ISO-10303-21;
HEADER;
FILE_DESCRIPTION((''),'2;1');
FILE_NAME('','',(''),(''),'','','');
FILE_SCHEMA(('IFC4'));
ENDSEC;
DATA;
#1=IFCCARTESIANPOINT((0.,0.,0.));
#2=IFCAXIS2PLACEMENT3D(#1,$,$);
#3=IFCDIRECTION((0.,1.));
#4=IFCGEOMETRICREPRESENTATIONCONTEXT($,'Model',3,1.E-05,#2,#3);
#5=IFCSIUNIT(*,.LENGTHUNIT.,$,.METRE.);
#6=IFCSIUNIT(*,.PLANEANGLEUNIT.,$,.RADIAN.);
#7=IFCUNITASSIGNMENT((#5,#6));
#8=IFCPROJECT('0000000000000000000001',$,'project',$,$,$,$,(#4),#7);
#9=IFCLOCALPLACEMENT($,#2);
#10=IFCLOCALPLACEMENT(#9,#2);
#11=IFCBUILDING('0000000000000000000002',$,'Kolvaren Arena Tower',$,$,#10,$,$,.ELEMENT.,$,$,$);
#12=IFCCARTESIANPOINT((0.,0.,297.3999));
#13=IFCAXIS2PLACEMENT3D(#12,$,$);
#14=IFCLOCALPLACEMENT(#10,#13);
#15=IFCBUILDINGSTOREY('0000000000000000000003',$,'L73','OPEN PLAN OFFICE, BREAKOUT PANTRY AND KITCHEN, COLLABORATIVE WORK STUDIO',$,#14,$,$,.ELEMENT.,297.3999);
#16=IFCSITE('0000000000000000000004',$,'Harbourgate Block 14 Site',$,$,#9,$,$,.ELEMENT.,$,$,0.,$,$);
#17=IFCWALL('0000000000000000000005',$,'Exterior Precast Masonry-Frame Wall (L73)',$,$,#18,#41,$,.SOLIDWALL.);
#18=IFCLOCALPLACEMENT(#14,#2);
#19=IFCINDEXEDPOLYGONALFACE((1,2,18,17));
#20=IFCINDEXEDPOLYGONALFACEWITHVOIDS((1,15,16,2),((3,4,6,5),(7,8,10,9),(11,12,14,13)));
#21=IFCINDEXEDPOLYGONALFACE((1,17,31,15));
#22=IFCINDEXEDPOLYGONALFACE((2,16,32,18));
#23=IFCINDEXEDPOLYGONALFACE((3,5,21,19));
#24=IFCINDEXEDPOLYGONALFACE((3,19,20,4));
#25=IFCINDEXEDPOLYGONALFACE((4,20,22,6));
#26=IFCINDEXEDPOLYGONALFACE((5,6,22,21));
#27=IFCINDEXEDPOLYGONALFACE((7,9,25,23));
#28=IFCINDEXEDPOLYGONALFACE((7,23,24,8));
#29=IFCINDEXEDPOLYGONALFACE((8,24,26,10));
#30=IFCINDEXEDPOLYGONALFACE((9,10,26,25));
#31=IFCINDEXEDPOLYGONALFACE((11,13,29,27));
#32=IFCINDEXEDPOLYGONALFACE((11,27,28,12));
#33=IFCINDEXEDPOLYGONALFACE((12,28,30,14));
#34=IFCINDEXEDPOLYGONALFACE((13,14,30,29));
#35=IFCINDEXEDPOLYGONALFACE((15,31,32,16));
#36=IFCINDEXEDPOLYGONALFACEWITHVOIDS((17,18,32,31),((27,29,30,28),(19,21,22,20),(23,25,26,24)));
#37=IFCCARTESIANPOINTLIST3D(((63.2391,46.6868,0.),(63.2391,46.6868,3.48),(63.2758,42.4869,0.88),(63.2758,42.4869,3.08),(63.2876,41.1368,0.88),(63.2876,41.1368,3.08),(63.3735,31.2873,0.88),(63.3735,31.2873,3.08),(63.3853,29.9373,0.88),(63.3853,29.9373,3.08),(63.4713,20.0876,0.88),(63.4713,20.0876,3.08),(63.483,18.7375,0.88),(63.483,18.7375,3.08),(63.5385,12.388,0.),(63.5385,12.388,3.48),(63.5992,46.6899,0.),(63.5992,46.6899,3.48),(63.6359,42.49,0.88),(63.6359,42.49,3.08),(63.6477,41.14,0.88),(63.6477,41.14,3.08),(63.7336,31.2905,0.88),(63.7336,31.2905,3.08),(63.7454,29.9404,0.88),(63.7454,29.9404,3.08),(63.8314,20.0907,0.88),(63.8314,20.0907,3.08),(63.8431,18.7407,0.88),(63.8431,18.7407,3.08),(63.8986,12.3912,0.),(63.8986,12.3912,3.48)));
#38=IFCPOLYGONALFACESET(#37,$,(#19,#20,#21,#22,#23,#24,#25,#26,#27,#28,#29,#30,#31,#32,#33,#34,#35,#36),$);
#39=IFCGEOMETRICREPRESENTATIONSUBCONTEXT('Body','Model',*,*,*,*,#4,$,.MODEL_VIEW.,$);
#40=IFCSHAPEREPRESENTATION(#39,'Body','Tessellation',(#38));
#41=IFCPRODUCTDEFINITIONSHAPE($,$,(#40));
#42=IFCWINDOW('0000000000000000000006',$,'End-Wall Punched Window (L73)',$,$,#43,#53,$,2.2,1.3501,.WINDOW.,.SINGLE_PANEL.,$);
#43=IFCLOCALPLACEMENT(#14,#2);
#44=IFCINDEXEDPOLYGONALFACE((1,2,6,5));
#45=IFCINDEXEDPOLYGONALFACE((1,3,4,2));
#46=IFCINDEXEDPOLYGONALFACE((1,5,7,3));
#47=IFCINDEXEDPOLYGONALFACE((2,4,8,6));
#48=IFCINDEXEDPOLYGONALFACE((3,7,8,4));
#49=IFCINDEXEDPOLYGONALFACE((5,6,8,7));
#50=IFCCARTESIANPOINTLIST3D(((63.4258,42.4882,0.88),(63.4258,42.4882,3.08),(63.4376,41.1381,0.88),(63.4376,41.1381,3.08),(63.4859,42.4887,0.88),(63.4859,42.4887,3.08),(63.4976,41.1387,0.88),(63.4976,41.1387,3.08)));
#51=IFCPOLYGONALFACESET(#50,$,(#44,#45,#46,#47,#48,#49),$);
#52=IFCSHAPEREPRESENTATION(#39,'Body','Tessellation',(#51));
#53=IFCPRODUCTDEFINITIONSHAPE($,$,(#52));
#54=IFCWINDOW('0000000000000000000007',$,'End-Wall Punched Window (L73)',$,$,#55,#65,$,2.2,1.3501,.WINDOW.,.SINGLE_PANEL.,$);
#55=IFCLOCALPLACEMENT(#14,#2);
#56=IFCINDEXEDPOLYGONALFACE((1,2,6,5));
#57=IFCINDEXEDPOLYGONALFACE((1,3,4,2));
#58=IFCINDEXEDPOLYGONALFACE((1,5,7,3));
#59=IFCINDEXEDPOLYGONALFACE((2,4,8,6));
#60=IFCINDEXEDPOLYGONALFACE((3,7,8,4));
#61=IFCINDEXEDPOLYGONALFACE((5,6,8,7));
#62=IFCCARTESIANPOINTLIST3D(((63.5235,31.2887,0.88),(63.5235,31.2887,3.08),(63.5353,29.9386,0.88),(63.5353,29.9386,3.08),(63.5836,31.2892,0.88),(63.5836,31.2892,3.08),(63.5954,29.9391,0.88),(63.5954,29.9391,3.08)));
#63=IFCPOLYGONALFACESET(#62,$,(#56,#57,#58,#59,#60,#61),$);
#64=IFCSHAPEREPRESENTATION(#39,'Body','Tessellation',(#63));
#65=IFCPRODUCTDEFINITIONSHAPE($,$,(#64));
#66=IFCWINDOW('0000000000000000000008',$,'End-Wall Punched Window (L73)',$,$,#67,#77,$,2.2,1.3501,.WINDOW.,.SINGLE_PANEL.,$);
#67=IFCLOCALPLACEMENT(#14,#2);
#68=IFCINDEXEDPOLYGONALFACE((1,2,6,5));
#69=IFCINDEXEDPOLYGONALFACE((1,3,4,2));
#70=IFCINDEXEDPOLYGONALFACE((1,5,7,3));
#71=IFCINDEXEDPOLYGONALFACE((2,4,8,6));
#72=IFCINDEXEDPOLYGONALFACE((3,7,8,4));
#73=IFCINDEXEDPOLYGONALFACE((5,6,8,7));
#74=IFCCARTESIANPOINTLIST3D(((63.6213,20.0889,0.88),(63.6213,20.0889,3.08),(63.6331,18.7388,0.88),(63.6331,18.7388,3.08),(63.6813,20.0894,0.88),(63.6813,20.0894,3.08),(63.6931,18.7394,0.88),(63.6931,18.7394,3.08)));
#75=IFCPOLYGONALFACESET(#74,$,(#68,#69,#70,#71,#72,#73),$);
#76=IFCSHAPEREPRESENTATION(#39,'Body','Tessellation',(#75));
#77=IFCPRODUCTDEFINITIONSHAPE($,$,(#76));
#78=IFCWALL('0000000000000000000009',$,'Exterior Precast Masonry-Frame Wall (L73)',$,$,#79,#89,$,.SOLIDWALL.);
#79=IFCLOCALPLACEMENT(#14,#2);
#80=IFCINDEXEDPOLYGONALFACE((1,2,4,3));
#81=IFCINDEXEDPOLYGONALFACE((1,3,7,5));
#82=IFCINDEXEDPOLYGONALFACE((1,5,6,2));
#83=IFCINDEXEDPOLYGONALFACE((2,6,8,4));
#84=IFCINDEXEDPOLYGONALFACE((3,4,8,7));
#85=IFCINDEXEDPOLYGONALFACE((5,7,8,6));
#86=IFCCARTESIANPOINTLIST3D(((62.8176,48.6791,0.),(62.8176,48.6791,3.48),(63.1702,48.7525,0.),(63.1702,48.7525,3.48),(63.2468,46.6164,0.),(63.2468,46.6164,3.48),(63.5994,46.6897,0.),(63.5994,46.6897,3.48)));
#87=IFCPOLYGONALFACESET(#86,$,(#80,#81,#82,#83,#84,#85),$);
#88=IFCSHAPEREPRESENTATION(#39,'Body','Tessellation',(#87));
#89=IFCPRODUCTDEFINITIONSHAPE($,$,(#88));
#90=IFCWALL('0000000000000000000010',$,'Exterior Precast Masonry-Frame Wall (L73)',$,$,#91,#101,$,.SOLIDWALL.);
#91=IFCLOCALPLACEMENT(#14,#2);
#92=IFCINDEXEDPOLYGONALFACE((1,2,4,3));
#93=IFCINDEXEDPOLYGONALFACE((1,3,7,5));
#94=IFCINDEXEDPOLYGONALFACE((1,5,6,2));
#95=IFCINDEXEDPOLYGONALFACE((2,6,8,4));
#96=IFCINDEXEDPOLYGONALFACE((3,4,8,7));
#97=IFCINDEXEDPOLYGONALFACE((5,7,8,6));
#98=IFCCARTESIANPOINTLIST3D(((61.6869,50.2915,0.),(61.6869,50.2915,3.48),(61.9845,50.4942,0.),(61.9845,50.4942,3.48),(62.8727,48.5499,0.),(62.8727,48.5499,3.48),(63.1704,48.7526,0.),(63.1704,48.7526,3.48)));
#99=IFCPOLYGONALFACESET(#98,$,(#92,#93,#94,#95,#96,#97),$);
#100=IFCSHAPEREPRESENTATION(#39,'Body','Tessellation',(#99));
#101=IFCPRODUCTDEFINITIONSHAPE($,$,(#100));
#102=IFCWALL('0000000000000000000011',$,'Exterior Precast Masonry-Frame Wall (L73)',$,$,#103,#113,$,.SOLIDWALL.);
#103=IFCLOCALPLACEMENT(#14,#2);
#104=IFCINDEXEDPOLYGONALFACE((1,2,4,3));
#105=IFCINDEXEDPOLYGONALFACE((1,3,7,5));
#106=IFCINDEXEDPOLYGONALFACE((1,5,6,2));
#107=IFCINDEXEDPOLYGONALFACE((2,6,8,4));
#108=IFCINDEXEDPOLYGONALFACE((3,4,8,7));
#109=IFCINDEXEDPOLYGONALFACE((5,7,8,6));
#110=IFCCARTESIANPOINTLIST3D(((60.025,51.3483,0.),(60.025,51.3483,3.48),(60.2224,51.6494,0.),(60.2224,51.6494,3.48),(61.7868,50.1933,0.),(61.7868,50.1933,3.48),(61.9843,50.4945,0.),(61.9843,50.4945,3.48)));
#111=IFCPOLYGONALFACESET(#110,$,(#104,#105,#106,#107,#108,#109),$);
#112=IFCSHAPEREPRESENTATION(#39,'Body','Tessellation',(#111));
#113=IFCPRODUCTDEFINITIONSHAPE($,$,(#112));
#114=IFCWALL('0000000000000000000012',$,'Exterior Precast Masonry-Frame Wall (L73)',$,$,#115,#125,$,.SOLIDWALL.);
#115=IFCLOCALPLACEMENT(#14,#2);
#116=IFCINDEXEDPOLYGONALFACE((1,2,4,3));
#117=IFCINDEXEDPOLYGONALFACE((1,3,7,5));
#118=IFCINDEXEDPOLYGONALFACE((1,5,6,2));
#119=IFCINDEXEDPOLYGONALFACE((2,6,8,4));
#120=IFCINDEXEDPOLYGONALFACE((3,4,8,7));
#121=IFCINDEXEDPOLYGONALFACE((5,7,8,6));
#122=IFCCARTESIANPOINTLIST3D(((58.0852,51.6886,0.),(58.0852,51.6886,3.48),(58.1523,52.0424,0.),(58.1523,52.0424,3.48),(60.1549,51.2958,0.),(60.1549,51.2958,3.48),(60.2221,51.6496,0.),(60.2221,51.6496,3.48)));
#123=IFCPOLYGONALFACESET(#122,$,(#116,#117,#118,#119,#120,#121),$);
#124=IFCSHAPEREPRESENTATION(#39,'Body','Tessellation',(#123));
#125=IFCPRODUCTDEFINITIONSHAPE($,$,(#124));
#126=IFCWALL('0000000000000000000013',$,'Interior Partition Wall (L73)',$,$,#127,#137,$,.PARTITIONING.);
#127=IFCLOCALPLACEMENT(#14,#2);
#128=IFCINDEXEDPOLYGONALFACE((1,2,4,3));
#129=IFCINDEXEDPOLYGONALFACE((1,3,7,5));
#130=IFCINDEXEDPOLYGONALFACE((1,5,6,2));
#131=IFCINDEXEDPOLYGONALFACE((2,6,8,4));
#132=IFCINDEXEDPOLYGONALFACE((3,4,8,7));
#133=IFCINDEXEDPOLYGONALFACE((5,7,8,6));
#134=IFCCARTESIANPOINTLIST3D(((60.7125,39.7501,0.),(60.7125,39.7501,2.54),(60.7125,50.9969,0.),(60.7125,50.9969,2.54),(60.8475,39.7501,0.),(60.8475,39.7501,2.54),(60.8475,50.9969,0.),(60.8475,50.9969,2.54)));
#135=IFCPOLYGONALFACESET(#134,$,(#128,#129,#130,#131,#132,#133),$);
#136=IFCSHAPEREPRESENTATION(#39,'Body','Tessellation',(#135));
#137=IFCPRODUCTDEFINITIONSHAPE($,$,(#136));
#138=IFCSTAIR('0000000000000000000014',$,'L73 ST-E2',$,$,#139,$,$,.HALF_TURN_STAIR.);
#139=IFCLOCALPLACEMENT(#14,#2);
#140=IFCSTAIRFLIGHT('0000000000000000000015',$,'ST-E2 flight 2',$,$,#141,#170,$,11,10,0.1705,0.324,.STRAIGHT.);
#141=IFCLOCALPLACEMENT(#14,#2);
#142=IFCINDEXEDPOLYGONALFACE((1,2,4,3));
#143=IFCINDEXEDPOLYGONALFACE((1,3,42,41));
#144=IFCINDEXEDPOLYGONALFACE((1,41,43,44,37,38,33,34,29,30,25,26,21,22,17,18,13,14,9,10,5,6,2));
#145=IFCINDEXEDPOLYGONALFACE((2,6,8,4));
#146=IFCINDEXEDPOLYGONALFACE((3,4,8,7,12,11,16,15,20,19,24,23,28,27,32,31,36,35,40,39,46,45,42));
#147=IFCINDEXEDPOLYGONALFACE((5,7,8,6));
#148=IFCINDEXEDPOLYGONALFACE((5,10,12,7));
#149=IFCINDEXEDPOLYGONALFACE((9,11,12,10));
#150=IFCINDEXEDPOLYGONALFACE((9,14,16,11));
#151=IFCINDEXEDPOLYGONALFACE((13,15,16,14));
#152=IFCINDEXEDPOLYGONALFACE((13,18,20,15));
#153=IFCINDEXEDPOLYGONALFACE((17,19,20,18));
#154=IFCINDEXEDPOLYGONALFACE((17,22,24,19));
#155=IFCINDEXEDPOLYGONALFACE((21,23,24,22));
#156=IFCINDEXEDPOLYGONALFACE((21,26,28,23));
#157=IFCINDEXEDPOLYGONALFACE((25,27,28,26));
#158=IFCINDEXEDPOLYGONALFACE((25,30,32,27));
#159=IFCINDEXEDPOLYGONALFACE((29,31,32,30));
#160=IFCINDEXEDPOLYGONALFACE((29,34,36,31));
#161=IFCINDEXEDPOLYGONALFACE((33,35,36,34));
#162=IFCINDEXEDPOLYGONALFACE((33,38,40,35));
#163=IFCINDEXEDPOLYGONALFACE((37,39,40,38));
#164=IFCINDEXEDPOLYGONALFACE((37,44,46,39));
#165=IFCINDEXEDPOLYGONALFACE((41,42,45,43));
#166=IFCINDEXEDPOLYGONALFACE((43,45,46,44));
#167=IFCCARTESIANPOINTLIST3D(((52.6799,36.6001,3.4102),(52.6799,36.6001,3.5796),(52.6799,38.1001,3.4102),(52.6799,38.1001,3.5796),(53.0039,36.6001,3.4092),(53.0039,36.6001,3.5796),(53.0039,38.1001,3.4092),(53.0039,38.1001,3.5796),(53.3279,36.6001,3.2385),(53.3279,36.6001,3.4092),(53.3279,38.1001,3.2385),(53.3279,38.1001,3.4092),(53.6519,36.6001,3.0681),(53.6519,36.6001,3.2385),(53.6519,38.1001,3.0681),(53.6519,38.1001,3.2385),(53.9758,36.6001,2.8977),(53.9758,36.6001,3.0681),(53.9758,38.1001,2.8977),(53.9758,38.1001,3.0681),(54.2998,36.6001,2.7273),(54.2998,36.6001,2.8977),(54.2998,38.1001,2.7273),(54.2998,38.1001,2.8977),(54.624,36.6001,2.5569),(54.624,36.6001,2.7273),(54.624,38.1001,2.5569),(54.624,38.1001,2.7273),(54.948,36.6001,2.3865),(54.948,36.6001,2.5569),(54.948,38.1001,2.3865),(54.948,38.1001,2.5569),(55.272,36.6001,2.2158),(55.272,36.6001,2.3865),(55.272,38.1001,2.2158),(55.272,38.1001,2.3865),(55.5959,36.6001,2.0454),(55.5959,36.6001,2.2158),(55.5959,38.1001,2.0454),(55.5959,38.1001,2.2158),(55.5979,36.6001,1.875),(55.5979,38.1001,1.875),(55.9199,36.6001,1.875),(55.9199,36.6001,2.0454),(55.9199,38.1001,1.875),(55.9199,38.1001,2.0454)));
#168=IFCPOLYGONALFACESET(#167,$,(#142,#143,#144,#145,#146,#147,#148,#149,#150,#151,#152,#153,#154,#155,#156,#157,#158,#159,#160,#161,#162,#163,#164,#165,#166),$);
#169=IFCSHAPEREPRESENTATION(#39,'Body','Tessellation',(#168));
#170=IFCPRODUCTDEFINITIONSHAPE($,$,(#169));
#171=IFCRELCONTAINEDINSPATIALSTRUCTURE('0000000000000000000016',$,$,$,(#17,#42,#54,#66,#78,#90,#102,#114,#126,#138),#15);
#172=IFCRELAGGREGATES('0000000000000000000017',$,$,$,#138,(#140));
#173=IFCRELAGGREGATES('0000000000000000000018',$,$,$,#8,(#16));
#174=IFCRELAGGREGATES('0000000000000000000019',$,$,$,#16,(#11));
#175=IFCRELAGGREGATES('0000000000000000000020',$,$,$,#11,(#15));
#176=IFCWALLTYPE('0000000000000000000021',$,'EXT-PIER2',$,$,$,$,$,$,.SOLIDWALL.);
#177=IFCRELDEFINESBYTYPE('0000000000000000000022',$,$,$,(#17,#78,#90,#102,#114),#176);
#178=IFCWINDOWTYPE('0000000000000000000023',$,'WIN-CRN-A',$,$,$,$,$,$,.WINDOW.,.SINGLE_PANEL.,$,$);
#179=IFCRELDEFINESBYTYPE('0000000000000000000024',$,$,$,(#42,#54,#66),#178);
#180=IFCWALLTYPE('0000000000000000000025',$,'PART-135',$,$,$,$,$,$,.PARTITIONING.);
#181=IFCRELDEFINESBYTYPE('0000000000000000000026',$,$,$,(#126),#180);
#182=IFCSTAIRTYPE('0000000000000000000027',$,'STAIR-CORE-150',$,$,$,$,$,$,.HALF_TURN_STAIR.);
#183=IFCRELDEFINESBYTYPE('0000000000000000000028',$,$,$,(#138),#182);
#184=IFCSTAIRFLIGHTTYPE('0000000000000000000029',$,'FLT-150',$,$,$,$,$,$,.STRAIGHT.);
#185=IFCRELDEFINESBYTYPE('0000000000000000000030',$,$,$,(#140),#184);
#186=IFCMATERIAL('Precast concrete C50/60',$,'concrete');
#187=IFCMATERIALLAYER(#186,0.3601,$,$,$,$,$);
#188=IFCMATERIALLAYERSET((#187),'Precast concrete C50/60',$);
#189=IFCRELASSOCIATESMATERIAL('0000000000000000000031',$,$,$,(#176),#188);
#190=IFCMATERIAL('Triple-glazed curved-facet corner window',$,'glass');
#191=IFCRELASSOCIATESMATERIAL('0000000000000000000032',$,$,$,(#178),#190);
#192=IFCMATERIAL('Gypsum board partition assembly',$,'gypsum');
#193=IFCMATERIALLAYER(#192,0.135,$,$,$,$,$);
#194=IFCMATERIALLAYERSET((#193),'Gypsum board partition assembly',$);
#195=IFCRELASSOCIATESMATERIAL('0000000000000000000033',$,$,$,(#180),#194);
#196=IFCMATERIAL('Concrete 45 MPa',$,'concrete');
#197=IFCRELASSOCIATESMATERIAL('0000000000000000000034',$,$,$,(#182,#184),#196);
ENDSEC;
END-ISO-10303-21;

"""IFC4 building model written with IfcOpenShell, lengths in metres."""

from ifc_helpers import new_model, si_unit, direction, frame, frame_2d, origin, place, context, subcontext, project, spatial, polyline, rectangle, outline, extrude, material, layer, layer_set, type_object, element, fill, aggregate, save


model = new_model("IFC4")

# Units and contexts
model_context = context("Model", 3, precision=1e-05, world=origin(), true_north=direction((0.0, 1.0)))
body_context = subcontext(model_context, "Body", "Model", "MODEL_VIEW")
ifc_project = project(units=[si_unit("LENGTHUNIT", "METRE"), si_unit("PLANEANGLEUNIT", "RADIAN")], contexts=[model_context])

# Site, building, storey
site_placement = place(None, origin())
site = spatial("IfcSite", under=ifc_project, at=site_placement, Name="Harbourgate Block 14 Site", CompositionType="ELEMENT", RefElevation=0.0)
building_placement = place(site_placement, origin())
building = spatial("IfcBuilding", under=site, at=building_placement, Name="Kolvaren Arena Tower", CompositionType="ELEMENT")
storey_placement = place(building_placement, frame((0.0, 0.0, 297.3999)))
storey = spatial("IfcBuildingStorey", under=building, at=storey_placement, Name="L73", Description="OPEN PLAN OFFICE, BREAKOUT PANTRY AND KITCHEN, COLLABORATIVE WORK STUDIO", CompositionType="ELEMENT", Elevation=297.3999)

# Shared definitions
ifc_material_1 = material(Name="Precast concrete C50/60", Category="concrete")

# Wall, openings, windows
ifc_layer_1 = layer(ifc_material_1, 0.3601)
ifc_layer_set_1 = layer_set([ifc_layer_1], Name="Precast concrete C50/60")
wall_type_1 = type_object("IfcWallType", Name="EXT-PIER2", PredefinedType="SOLIDWALL", material=ifc_layer_set_1)
wall_1_placement = place(storey_placement, frame((63.4192, 46.6882, 0.0), z_axis=(0.0, 0.0, 1.0), x_axis=(0.008726, -0.999962, 0.0)))
wall_1 = element("IfcWall", 1, at=wall_1_placement, inside=storey, type_object=wall_type_1, Name="Exterior Precast Masonry-Frame Wall (L73)", PredefinedType="SOLIDWALL", context=body_context, shape_type="SweptSolid", body=[
    extrude(rectangle(XDim=34.3, YDim=0.3601, at=frame_2d((17.1499, 0.0))), origin(), (0.0, 0.0, 1.0), 3.48),
])
opening_1_placement = place(wall_1_placement, frame((4.2, 0.0, 0.8799)))
opening_1 = element("IfcOpeningElement", 2, at=opening_1_placement, cuts=wall_1, PredefinedType="OPENING", context=body_context, shape_type="SweptSolid", body=[
    extrude(rectangle(XDim=1.3501, YDim=2.2, at=frame_2d((0.675, 1.1001))), frame((0.0, 0.1899, 0.0), z_axis=(0.0, -1.0, 0.0), x_axis=(1.0, 0.0, 0.0)), (0.0, 0.0, 1.0), 0.3801),
])
opening_2_placement = place(wall_1_placement, frame((15.3999, 0.0, 0.8799)))
opening_2 = element("IfcOpeningElement", 3, at=opening_2_placement, cuts=wall_1, PredefinedType="OPENING", context=body_context, shape_type="SweptSolid", body=[
    extrude(rectangle(XDim=1.3501, YDim=2.2, at=frame_2d((0.675, 1.1001))), frame((0.0, 0.1899, 0.0), z_axis=(0.0, -1.0, 0.0), x_axis=(1.0, 0.0, 0.0)), (0.0, 0.0, 1.0), 0.3801),
])
opening_3_placement = place(wall_1_placement, frame((26.6001, 0.0, 0.8799)))
opening_3 = element("IfcOpeningElement", 4, at=opening_3_placement, cuts=wall_1, PredefinedType="OPENING", context=body_context, shape_type="SweptSolid", body=[
    extrude(rectangle(XDim=1.3501, YDim=2.2, at=frame_2d((0.675, 1.1001))), frame((0.0, 0.1899, 0.0), z_axis=(0.0, -1.0, 0.0), x_axis=(1.0, 0.0, 0.0)), (0.0, 0.0, 1.0), 0.3801),
])
ifc_material_2 = material(Name="Triple-glazed curved-facet corner window", Category="glass")
window_type = type_object("IfcWindowType", Name="WIN-CRN-A", PartitioningType="SINGLE_PANEL", PredefinedType="WINDOW", material=ifc_material_2)
window_1_placement = place(opening_1_placement, origin())
window_1 = element("IfcWindow", 5, at=window_1_placement, inside=storey, type_object=window_type, Name="End-Wall Punched Window (L73)", OverallHeight=2.2, OverallWidth=1.3501, PartitioningType="SINGLE_PANEL", PredefinedType="WINDOW", context=body_context, shape_type="SweptSolid", body=[
    extrude(rectangle(XDim=1.3501, YDim=2.2, at=frame_2d((0.675, 1.1001))), frame((0.0, 0.03, 0.0), z_axis=(0.0, -1.0, 0.0), x_axis=(1.0, 0.0, 0.0)), (0.0, 0.0, 1.0), 0.0601),
])
fill(opening_1, window_1)
window_2_placement = place(opening_2_placement, origin())
window_2 = element("IfcWindow", 6, at=window_2_placement, inside=storey, type_object=window_type, Name="End-Wall Punched Window (L73)", OverallHeight=2.2, OverallWidth=1.3501, PartitioningType="SINGLE_PANEL", PredefinedType="WINDOW", context=body_context, shape_type="SweptSolid", body=[
    extrude(rectangle(XDim=1.3501, YDim=2.2, at=frame_2d((0.675, 1.1001))), frame((0.0, 0.03, 0.0), z_axis=(0.0, -1.0, 0.0), x_axis=(1.0, 0.0, 0.0)), (0.0, 0.0, 1.0), 0.0601),
])
fill(opening_2, window_2)
window_3_placement = place(opening_3_placement, origin())
window_3 = element("IfcWindow", 7, at=window_3_placement, inside=storey, type_object=window_type, Name="End-Wall Punched Window (L73)", OverallHeight=2.2, OverallWidth=1.3501, PartitioningType="SINGLE_PANEL", PredefinedType="WINDOW", context=body_context, shape_type="SweptSolid", body=[
    extrude(rectangle(XDim=1.3501, YDim=2.2, at=frame_2d((0.675, 1.1001))), frame((0.0, 0.03, 0.0), z_axis=(0.0, -1.0, 0.0), x_axis=(1.0, 0.0, 0.0)), (0.0, 0.0, 1.0), 0.0601),
])
fill(opening_3, window_3)

# Walls
for number, where, z_axis, x_axis, name in (
    (8, (62.9939, 48.7158, 0.0), (0.0, 0.0, 1.0), (0.203709, -0.979031, 0.0), "Exterior Precast Masonry-Frame Wall (L73)"),
    (9, (61.8357, 50.3928, 0.0), (0.0, 0.0, 1.0), (0.56283, -0.826573, 0.0), "Exterior Precast Masonry-Frame Wall (L73)"),
):
    element("IfcWall", number, at=place(storey_placement, frame(where, z_axis=z_axis, x_axis=x_axis)), inside=storey, type_object=wall_type_1, Name=name, PredefinedType="SOLIDWALL", context=body_context, shape_type="SweptSolid", body=[
        extrude(rectangle(XDim=2.1069, YDim=0.3601, at=frame_2d((1.0535, 0.0))), origin(), (0.0, 0.0, 1.0), 3.48),
    ])
for number, where, z_axis, x_axis, name in (
    (10, (60.1238, 51.4988, 0.0), (0.0, 0.0, 1.0), (0.836322, -0.548239, 0.0), "Exterior Precast Masonry-Frame Wall (L73)"),
    (11, (58.1189, 51.8655, 0.0), (0.0, 0.0, 1.0), (0.982463, -0.186457, 0.0), "Exterior Precast Masonry-Frame Wall (L73)"),
):
    element("IfcWall", number, at=place(storey_placement, frame(where, z_axis=z_axis, x_axis=x_axis)), inside=storey, type_object=wall_type_1, Name=name, PredefinedType="SOLIDWALL", context=body_context, shape_type="SweptSolid", body=[
        extrude(rectangle(XDim=2.1067, YDim=0.3601, at=frame_2d((1.0532, 0.0))), origin(), (0.0, 0.0, 1.0), 3.48),
    ])
ifc_material_3 = material(Name="Gypsum board partition assembly", Category="gypsum")
ifc_layer_2 = layer(ifc_material_3, 0.135)
ifc_layer_set_2 = layer_set([ifc_layer_2], Name="Gypsum board partition assembly")
wall_type_2 = type_object("IfcWallType", Name="PART-135", PredefinedType="PARTITIONING", material=ifc_layer_set_2)
wall_2_placement = place(storey_placement, frame((60.78, 39.75, 0.0), z_axis=(0.0, 0.0, 1.0), x_axis=(0.0, 1.0, 0.0)))
element("IfcWall", 12, at=wall_2_placement, inside=storey, type_object=wall_type_2, Name="Interior Partition Wall (L73)", PredefinedType="PARTITIONING", context=body_context, shape_type="SweptSolid", body=[
    extrude(rectangle(XDim=11.2468, YDim=0.135, at=frame_2d((5.6235, 0.0))), origin(), (0.0, 0.0, 1.0), 2.54),
])

# Stair, stair flight
ifc_material_4 = material(Name="Concrete 45 MPa", Category="concrete")
stair_type = type_object("IfcStairType", Name="STAIR-CORE-150", PredefinedType="HALF_TURN_STAIR", material=ifc_material_4)
stair_placement = place(storey_placement, origin())
stair = element("IfcStair", 13, at=stair_placement, inside=storey, type_object=stair_type, Name="L73 ST-E2", PredefinedType="HALF_TURN_STAIR")
stair_flight_type = type_object("IfcStairFlightType", Name="FLT-150", PredefinedType="STRAIGHT", material=ifc_material_4)
stair_flight_placement = place(storey_placement, frame((55.9199, 37.3501, 1.875), z_axis=(0.0, 0.0, 1.0), x_axis=(-1.0, 0.0, 0.0)))
stair_flight = element("IfcStairFlight", 14, at=stair_flight_placement, type_object=stair_flight_type, Name="ST-E2 flight 2", NumberOfRisers=11, NumberOfTreads=10, PredefinedType="STRAIGHT", RiserHeight=0.1705, TreadLength=0.324, context=body_context, shape_type="SweptSolid", body=[
    extrude(outline(polyline([(0.0, 0.0), (0.0, 0.1704), (0.324, 0.1704), (0.324, 0.3408), (0.6479, 0.3408), (0.6479, 0.5115), (0.9719, 0.5115), (0.9719, 0.6819), (1.2959, 0.6819), (1.2959, 0.8523), (1.6201, 0.8523), (1.6201, 1.0227), (1.9441, 1.0227), (1.9441, 1.1931), (2.2681, 1.1931), (2.2681, 1.3635), (2.592, 1.3635), (2.592, 1.5342), (2.916, 1.5342), (2.916, 1.7046), (3.24, 1.7046), (3.24, 1.875), (3.24, 1.5352), (0.322, 0.0), (0.0, 0.0)])), frame((0.0, 0.75, 0.0), z_axis=(0.0, -1.0, 0.0), x_axis=(1.0, 0.0, 0.0)), (0.0, 0.0, 1.0), 1.5),
])
aggregate(stair, [stair_flight])

save(model, "model.ifc")
